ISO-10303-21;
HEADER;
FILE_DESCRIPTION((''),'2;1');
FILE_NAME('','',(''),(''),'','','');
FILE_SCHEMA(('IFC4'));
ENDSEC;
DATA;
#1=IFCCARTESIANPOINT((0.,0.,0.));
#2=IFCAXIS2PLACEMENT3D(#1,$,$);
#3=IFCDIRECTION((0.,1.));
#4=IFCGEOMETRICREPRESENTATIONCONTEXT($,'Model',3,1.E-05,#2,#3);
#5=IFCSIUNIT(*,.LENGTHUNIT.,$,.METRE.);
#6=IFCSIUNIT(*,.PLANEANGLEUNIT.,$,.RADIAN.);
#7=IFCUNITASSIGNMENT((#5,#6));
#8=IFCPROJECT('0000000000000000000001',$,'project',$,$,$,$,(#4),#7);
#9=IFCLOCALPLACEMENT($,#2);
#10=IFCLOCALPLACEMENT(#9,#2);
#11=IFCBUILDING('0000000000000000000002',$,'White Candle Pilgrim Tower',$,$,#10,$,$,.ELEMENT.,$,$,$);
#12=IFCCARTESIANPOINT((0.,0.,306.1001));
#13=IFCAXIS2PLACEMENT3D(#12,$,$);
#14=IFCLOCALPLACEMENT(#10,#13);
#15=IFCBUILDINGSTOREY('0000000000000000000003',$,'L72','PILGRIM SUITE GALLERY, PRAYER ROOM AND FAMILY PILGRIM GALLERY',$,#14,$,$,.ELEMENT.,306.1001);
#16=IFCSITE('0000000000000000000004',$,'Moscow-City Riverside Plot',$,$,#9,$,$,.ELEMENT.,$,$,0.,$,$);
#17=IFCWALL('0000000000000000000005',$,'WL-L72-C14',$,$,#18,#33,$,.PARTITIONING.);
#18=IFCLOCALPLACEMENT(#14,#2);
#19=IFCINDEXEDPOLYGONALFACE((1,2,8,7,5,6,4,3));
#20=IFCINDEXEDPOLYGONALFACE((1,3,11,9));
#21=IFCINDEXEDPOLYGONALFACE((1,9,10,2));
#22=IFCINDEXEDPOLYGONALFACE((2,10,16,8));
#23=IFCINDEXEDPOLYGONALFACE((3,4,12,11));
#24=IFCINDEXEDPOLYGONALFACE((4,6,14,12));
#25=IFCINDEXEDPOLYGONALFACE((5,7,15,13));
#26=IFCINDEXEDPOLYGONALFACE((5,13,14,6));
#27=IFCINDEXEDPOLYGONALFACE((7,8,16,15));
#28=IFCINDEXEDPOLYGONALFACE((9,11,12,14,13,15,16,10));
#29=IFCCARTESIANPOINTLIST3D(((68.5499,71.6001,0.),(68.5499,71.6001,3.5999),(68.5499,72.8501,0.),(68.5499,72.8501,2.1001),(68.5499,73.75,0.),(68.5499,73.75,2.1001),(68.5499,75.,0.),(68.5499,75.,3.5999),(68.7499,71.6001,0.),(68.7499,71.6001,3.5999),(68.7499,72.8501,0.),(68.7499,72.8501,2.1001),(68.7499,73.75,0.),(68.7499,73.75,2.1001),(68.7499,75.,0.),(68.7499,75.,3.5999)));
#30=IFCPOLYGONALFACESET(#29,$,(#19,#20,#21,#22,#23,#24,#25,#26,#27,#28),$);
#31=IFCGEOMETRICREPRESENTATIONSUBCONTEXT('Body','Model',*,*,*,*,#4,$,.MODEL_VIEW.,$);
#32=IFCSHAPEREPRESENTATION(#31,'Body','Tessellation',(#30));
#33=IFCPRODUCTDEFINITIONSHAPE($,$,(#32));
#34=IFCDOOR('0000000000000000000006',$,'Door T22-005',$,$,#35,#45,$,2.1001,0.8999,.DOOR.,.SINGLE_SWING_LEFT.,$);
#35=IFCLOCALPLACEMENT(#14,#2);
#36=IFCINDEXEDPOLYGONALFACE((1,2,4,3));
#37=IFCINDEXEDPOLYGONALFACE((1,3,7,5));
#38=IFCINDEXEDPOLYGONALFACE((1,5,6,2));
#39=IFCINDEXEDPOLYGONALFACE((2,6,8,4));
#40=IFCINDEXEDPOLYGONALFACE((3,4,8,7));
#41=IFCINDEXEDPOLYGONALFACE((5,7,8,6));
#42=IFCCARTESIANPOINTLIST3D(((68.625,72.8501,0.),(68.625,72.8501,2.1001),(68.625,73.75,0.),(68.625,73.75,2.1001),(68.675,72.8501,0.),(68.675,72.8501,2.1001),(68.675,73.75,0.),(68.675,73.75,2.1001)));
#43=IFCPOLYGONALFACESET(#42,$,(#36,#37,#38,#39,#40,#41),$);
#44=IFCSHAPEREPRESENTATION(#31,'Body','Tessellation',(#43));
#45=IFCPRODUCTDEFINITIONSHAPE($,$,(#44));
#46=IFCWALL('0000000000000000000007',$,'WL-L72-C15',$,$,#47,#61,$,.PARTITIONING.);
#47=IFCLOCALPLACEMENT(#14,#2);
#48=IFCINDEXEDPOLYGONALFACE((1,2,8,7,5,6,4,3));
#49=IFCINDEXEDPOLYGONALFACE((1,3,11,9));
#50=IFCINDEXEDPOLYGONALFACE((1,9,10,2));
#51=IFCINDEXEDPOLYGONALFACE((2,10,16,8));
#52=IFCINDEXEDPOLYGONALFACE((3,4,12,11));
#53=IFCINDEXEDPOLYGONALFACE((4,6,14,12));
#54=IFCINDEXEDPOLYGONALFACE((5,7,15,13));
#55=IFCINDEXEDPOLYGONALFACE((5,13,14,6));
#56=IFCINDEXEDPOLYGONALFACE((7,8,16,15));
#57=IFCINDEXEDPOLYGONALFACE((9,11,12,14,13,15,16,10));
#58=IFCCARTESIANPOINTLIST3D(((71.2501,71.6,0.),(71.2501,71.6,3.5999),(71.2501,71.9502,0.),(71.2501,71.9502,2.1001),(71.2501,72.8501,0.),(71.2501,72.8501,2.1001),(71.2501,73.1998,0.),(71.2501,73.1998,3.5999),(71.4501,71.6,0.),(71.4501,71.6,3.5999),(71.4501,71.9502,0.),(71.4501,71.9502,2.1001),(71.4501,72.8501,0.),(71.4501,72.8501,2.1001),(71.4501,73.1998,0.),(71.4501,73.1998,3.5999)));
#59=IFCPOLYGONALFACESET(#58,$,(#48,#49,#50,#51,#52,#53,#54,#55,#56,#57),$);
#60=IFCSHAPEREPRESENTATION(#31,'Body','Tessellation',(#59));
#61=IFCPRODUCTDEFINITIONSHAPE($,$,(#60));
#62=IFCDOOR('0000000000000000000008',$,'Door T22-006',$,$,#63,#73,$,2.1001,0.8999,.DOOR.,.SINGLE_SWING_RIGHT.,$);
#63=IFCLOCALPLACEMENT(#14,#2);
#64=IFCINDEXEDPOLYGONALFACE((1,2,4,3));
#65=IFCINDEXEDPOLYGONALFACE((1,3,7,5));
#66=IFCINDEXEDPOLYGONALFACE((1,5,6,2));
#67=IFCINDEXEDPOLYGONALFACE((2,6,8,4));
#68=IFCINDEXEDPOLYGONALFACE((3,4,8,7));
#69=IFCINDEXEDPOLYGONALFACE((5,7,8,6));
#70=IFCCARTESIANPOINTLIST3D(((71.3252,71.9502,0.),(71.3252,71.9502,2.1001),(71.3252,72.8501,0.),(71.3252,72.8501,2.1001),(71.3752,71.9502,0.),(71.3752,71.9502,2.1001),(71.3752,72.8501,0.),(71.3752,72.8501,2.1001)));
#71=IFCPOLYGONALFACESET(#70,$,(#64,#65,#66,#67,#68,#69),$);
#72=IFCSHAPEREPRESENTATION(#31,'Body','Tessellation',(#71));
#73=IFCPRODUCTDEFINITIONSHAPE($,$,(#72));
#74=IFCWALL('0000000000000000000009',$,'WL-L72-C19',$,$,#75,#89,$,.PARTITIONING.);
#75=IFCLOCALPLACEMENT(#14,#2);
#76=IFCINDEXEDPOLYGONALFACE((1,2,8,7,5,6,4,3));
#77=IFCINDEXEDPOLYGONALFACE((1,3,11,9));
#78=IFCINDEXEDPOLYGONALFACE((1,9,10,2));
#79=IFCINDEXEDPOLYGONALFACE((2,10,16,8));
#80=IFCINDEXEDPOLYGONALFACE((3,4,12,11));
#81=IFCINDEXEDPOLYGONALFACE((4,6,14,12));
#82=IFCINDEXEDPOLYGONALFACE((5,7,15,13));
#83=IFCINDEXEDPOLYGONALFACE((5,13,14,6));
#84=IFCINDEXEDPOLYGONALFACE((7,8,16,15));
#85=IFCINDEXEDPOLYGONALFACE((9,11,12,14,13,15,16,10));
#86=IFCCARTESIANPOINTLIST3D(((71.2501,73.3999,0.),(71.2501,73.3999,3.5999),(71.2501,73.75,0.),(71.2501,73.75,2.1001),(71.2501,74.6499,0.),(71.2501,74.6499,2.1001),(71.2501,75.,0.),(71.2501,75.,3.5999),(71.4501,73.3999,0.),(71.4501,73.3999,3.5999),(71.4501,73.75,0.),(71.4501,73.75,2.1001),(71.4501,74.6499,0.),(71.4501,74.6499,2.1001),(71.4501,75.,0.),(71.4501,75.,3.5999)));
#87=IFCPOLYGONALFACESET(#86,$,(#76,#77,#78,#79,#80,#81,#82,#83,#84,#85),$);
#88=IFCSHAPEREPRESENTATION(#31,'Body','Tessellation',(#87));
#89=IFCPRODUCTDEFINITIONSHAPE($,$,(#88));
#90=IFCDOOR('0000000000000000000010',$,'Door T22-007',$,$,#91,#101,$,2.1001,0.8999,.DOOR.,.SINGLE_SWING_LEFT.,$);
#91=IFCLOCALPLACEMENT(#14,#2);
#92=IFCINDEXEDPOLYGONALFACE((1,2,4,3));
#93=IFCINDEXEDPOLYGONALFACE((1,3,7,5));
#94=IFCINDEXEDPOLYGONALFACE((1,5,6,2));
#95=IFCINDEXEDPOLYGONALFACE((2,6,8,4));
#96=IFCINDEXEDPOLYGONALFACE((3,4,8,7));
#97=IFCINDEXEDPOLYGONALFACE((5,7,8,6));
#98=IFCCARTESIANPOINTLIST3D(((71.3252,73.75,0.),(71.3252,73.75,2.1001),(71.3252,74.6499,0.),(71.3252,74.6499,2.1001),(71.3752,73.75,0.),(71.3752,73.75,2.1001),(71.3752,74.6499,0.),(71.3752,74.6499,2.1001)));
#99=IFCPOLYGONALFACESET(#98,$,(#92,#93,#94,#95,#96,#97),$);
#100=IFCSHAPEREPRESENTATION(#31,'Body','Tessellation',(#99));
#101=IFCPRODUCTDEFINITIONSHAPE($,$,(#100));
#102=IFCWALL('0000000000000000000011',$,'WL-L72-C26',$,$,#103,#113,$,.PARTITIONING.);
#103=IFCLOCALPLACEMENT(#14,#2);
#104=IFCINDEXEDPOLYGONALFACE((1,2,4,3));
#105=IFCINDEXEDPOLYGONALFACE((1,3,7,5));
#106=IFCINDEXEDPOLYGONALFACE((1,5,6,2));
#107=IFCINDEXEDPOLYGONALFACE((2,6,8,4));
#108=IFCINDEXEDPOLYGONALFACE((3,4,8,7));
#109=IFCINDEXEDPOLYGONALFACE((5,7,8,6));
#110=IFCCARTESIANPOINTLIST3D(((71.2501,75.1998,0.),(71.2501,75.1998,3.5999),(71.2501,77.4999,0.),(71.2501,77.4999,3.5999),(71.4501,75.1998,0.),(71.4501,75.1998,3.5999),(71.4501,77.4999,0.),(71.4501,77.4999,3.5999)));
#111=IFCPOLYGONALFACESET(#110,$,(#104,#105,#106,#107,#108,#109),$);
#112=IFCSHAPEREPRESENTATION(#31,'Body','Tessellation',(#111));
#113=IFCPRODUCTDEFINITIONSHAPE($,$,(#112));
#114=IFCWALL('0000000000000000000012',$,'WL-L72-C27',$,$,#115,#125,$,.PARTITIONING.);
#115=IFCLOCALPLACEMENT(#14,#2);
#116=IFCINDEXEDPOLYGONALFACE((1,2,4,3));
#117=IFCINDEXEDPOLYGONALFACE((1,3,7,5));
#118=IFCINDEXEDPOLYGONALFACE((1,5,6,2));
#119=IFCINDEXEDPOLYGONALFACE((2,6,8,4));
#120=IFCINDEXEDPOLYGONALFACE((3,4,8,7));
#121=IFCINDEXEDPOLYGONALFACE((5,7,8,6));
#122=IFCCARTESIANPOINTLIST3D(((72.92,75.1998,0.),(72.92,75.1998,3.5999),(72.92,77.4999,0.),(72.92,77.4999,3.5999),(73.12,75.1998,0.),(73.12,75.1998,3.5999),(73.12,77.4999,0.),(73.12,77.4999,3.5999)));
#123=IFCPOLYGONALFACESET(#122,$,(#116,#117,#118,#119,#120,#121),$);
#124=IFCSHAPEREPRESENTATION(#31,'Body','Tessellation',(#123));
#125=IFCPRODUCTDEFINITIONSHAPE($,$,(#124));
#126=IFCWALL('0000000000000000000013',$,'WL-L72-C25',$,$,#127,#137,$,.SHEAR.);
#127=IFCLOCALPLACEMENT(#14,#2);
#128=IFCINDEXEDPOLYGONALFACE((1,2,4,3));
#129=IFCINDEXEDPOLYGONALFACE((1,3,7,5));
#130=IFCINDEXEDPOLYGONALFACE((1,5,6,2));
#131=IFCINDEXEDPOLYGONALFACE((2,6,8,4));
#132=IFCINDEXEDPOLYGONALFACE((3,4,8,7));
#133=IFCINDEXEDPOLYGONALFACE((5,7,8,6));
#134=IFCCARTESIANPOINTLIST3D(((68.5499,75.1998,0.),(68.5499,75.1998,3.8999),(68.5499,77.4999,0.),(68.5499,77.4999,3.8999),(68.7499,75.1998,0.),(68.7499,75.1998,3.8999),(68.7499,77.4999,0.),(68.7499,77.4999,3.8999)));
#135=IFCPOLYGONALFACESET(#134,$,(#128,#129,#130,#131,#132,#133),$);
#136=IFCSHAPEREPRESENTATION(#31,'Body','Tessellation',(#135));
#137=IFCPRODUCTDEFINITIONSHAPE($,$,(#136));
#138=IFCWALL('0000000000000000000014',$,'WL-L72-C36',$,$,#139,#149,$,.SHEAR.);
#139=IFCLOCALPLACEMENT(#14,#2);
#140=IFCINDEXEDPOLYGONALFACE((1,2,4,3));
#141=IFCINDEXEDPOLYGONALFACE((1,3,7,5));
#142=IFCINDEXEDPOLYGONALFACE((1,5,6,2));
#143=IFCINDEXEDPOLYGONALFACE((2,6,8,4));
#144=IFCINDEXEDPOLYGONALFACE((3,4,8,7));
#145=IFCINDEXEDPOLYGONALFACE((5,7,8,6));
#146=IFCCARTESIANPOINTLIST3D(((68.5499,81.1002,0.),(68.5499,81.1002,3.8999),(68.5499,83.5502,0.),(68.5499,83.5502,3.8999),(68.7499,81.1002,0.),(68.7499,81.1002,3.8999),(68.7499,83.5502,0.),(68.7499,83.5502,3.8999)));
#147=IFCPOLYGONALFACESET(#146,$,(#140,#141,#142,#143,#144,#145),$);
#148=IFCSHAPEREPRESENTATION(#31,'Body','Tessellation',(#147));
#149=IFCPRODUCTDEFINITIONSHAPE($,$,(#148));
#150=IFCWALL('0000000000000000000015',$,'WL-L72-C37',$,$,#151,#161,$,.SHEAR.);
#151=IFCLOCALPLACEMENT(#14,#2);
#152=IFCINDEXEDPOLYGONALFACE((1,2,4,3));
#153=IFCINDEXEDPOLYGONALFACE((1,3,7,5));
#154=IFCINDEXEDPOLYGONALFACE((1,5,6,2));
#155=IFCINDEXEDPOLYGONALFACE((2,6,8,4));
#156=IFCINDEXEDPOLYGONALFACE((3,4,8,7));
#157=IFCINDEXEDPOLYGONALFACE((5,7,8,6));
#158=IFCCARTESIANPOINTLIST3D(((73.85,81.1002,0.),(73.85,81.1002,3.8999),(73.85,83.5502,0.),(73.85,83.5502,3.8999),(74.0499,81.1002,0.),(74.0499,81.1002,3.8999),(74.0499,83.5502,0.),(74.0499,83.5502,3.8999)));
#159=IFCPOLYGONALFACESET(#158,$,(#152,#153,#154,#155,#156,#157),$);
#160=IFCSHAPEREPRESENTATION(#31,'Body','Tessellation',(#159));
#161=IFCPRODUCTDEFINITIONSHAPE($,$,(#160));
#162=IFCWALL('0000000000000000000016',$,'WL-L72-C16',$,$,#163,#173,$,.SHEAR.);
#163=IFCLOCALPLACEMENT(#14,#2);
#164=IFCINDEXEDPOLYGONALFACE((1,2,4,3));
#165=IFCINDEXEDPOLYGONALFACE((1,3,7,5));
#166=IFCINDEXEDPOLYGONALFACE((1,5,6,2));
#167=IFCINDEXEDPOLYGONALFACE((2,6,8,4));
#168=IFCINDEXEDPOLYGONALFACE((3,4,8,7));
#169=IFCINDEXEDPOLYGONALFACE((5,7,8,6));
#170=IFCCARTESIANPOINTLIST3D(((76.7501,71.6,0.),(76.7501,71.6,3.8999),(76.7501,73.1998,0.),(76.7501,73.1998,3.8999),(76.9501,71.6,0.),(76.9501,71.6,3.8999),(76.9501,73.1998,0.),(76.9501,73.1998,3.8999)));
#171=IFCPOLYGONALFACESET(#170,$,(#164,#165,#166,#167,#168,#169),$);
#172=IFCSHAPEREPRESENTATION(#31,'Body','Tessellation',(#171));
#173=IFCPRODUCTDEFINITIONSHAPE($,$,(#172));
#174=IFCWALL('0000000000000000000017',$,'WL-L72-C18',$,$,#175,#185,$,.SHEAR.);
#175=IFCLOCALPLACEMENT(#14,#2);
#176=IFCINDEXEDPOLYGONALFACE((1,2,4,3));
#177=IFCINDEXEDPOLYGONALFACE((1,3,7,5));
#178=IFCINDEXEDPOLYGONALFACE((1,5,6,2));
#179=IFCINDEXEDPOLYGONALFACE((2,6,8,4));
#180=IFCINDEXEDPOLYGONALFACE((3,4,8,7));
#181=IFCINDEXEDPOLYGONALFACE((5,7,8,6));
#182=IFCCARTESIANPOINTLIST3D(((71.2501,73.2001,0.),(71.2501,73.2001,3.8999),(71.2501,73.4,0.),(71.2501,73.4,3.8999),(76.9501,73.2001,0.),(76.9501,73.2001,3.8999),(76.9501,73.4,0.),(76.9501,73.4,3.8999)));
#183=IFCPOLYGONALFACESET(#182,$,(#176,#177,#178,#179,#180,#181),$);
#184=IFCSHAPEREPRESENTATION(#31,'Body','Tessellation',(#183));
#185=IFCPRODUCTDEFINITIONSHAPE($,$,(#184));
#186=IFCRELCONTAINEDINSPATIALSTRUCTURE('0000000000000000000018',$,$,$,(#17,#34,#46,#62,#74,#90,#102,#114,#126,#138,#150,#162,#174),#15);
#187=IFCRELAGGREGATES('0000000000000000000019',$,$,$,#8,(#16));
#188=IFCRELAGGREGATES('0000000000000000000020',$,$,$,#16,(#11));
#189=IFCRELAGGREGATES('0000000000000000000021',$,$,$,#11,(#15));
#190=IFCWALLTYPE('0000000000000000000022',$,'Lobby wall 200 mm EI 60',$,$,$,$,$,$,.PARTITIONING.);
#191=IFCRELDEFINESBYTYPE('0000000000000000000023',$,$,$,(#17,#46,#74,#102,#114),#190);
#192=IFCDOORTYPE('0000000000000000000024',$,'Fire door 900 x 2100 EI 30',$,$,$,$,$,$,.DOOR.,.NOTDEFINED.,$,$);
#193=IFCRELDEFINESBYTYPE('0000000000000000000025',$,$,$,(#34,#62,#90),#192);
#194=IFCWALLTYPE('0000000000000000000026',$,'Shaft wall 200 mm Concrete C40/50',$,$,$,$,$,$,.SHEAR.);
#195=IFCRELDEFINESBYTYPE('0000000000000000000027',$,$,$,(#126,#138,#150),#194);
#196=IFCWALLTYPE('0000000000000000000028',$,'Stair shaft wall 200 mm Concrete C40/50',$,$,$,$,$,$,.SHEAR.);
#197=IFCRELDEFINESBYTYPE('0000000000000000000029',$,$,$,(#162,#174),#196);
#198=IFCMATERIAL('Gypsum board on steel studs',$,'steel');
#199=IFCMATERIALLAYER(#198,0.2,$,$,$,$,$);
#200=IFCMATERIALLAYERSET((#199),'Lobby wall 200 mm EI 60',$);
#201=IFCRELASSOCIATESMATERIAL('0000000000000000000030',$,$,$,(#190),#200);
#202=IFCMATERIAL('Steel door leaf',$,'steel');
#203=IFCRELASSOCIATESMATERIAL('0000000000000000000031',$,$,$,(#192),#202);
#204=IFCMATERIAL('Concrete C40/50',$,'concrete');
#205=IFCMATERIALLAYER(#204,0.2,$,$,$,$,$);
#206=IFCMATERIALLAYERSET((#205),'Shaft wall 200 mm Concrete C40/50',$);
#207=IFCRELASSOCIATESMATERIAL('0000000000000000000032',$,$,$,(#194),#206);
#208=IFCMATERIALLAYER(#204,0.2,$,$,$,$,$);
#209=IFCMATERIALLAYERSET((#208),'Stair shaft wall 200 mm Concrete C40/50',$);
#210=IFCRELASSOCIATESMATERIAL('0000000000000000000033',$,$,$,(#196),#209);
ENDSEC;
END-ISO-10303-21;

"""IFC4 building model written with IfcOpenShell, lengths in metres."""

from ifc_helpers import new_model, si_unit, direction, frame, frame_2d, origin, place, context, subcontext, project, spatial, rectangle, extrude, material, layer, layer_set, type_object, element, fill, save


model = new_model("IFC4")

# Units and contexts
model_context = context("Model", 3, precision=1e-05, world=origin(), true_north=direction((0.0, 1.0)))
body_context = subcontext(model_context, "Body", "Model", "MODEL_VIEW")
ifc_project = project(units=[si_unit("LENGTHUNIT", "METRE"), si_unit("PLANEANGLEUNIT", "RADIAN")], contexts=[model_context])

# Site, building, storey
site_placement = place(None, origin())
site = spatial("IfcSite", under=ifc_project, at=site_placement, Name="Moscow-City Riverside Plot", CompositionType="ELEMENT", RefElevation=0.0)
building_placement = place(site_placement, origin())
building = spatial("IfcBuilding", under=site, at=building_placement, Name="White Candle Pilgrim Tower", CompositionType="ELEMENT")
storey_placement = place(building_placement, frame((0.0, 0.0, 306.1001)))
storey = spatial("IfcBuildingStorey", under=building, at=storey_placement, Name="L72", Description="PILGRIM SUITE GALLERY, PRAYER ROOM AND FAMILY PILGRIM GALLERY", CompositionType="ELEMENT", Elevation=306.1001)

# Walls, openings, doors
ifc_material_1 = material(Name="Gypsum board on steel studs", Category="steel")
ifc_layer_1 = layer(ifc_material_1, 0.2)
ifc_layer_set_1 = layer_set([ifc_layer_1], Name="Lobby wall 200 mm EI 60")
wall_type_1 = type_object("IfcWallType", Name="Lobby wall 200 mm EI 60", PredefinedType="PARTITIONING", material=ifc_layer_set_1)
wall_1_placement = place(storey_placement, frame((68.6499, 71.6001, 0.0), z_axis=(0.0, 0.0, 1.0), x_axis=(0.0, 1.0, 0.0)))
wall_1 = element("IfcWall", 1, at=wall_1_placement, inside=storey, type_object=wall_type_1, Name="WL-L72-C14", PredefinedType="PARTITIONING", context=body_context, shape_type="SweptSolid", body=[
    extrude(rectangle(XDim=3.3999, YDim=0.2, at=frame_2d((1.7, 0.0))), origin(), (0.0, 0.0, 1.0), 3.5999),
])
opening_1_placement = place(wall_1_placement, frame((1.25, 0.0, 0.0)))
opening_1 = element("IfcOpeningElement", 2, at=opening_1_placement, cuts=wall_1, PredefinedType="OPENING", context=body_context, shape_type="SweptSolid", body=[
    extrude(rectangle(XDim=0.8999, YDim=2.1001, at=frame_2d((0.45, 1.05))), frame((0.0, 0.1099, 0.0), z_axis=(0.0, -1.0, 0.0), x_axis=(1.0, 0.0, 0.0)), (0.0, 0.0, 1.0), 0.22),
])
ifc_material_2 = material(Name="Steel door leaf", Category="steel")
door_type = type_object("IfcDoorType", Name="Fire door 900 x 2100 EI 30", OperationType="NOTDEFINED", PredefinedType="DOOR", material=ifc_material_2)
door_1_placement = place(opening_1_placement, origin())
door_1 = element("IfcDoor", 3, at=door_1_placement, inside=storey, type_object=door_type, Name="Door T22-005", OperationType="SINGLE_SWING_LEFT", OverallHeight=2.1001, OverallWidth=0.8999, PredefinedType="DOOR", context=body_context, shape_type="SweptSolid", body=[
    extrude(rectangle(XDim=0.8999, YDim=2.1001, at=frame_2d((0.45, 1.05))), frame((0.0, 0.0249, 0.0), z_axis=(0.0, -1.0, 0.0), x_axis=(1.0, 0.0, 0.0)), (0.0, 0.0, 1.0), 0.05),
])
fill(opening_1, door_1)
wall_2_placement = place(storey_placement, frame((71.3501, 71.6001, 0.0), z_axis=(0.0, 0.0, 1.0), x_axis=(0.0, 1.0, 0.0)))
wall_2 = element("IfcWall", 4, at=wall_2_placement, inside=storey, type_object=wall_type_1, Name="WL-L72-C15", PredefinedType="PARTITIONING", context=body_context, shape_type="SweptSolid", body=[
    extrude(rectangle(XDim=1.5999, YDim=0.2, at=frame_2d((0.7998, 0.0))), origin(), (0.0, 0.0, 1.0), 3.5999),
])
opening_2_placement = place(wall_2_placement, frame((0.3501, 0.0, 0.0)))
opening_2 = element("IfcOpeningElement", 5, at=opening_2_placement, cuts=wall_2, PredefinedType="OPENING", context=body_context, shape_type="SweptSolid", body=[
    extrude(rectangle(XDim=0.8999, YDim=2.1001, at=frame_2d((0.45, 1.05))), frame((0.0, 0.1099, 0.0), z_axis=(0.0, -1.0, 0.0), x_axis=(1.0, 0.0, 0.0)), (0.0, 0.0, 1.0), 0.22),
])
door_2_placement = place(opening_2_placement, origin())
door_2 = element("IfcDoor", 6, at=door_2_placement, inside=storey, type_object=door_type, Name="Door T22-006", OperationType="SINGLE_SWING_RIGHT", OverallHeight=2.1001, OverallWidth=0.8999, PredefinedType="DOOR", context=body_context, shape_type="SweptSolid", body=[
    extrude(rectangle(XDim=0.8999, YDim=2.1001, at=frame_2d((0.45, 1.05))), frame((0.0, 0.0249, 0.0), z_axis=(0.0, -1.0, 0.0), x_axis=(1.0, 0.0, 0.0)), (0.0, 0.0, 1.0), 0.05),
])
fill(opening_2, door_2)
wall_3_placement = place(storey_placement, frame((71.3501, 73.3999, 0.0), z_axis=(0.0, 0.0, 1.0), x_axis=(0.0, 1.0, 0.0)))
wall_3 = element("IfcWall", 7, at=wall_3_placement, inside=storey, type_object=wall_type_1, Name="WL-L72-C19", PredefinedType="PARTITIONING", context=body_context, shape_type="SweptSolid", body=[
    extrude(rectangle(XDim=1.6001, YDim=0.2, at=frame_2d((0.8, 0.0))), origin(), (0.0, 0.0, 1.0), 3.5999),
])
opening_3_placement = place(wall_3_placement, frame((0.3501, 0.0, 0.0)))
opening_3 = element("IfcOpeningElement", 8, at=opening_3_placement, cuts=wall_3, PredefinedType="OPENING", context=body_context, shape_type="SweptSolid", body=[
    extrude(rectangle(XDim=0.8999, YDim=2.1001, at=frame_2d((0.45, 1.05))), frame((0.0, 0.1099, 0.0), z_axis=(0.0, -1.0, 0.0), x_axis=(1.0, 0.0, 0.0)), (0.0, 0.0, 1.0), 0.22),
])
door_3_placement = place(opening_3_placement, origin())
door_3 = element("IfcDoor", 9, at=door_3_placement, inside=storey, type_object=door_type, Name="Door T22-007", OperationType="SINGLE_SWING_LEFT", OverallHeight=2.1001, OverallWidth=0.8999, PredefinedType="DOOR", context=body_context, shape_type="SweptSolid", body=[
    extrude(rectangle(XDim=0.8999, YDim=2.1001, at=frame_2d((0.45, 1.05))), frame((0.0, 0.0249, 0.0), z_axis=(0.0, -1.0, 0.0), x_axis=(1.0, 0.0, 0.0)), (0.0, 0.0, 1.0), 0.05),
])
fill(opening_3, door_3)

# Walls
for number, where, z_axis, x_axis, name in (
    (10, (71.3501, 75.2, 0.0), (0.0, 0.0, 1.0), (0.0, 1.0, 0.0), "WL-L72-C26"),
    (11, (73.02, 75.2, 0.0), (0.0, 0.0, 1.0), (0.0, 1.0, 0.0), "WL-L72-C27"),
):
    element("IfcWall", number, at=place(storey_placement, frame(where, z_axis=z_axis, x_axis=x_axis)), inside=storey, type_object=wall_type_1, Name=name, PredefinedType="PARTITIONING", context=body_context, shape_type="SweptSolid", body=[
        extrude(rectangle(XDim=2.3, YDim=0.2, at=frame_2d((1.1499, 0.0))), origin(), (0.0, 0.0, 1.0), 3.5999),
    ])
ifc_material_3 = material(Name="Concrete C40/50", Category="concrete")
ifc_layer_2 = layer(ifc_material_3, 0.2)
ifc_layer_set_2 = layer_set([ifc_layer_2], Name="Shaft wall 200 mm Concrete C40/50")
wall_type_2 = type_object("IfcWallType", Name="Shaft wall 200 mm Concrete C40/50", PredefinedType="SHEAR", material=ifc_layer_set_2)
wall_4_placement = place(storey_placement, frame((68.6499, 75.2, 0.0), z_axis=(0.0, 0.0, 1.0), x_axis=(0.0, 1.0, 0.0)))
element("IfcWall", 12, at=wall_4_placement, inside=storey, type_object=wall_type_2, Name="WL-L72-C25", PredefinedType="SHEAR", context=body_context, shape_type="SweptSolid", body=[
    extrude(rectangle(XDim=2.3, YDim=0.2, at=frame_2d((1.1499, 0.0))), origin(), (0.0, 0.0, 1.0), 3.8999),
])
for number, where, z_axis, x_axis, name in (
    (13, (68.6499, 81.1001, 0.0), (0.0, 0.0, 1.0), (0.0, 1.0, 0.0), "WL-L72-C36"),
    (14, (73.95, 81.1001, 0.0), (0.0, 0.0, 1.0), (0.0, 1.0, 0.0), "WL-L72-C37"),
):
    element("IfcWall", number, at=place(storey_placement, frame(where, z_axis=z_axis, x_axis=x_axis)), inside=storey, type_object=wall_type_2, Name=name, PredefinedType="SHEAR", context=body_context, shape_type="SweptSolid", body=[
        extrude(rectangle(XDim=2.45, YDim=0.2, at=frame_2d((1.2251, 0.0))), origin(), (0.0, 0.0, 1.0), 3.8999),
    ])
ifc_layer_3 = layer(ifc_material_3, 0.2)
ifc_layer_set_3 = layer_set([ifc_layer_3], Name="Stair shaft wall 200 mm Concrete C40/50")
wall_type_3 = type_object("IfcWallType", Name="Stair shaft wall 200 mm Concrete C40/50", PredefinedType="SHEAR", material=ifc_layer_set_3)
wall_5_placement = place(storey_placement, frame((76.8501, 71.6001, 0.0), z_axis=(0.0, 0.0, 1.0), x_axis=(0.0, 1.0, 0.0)))
element("IfcWall", 15, at=wall_5_placement, inside=storey, type_object=wall_type_3, Name="WL-L72-C16", PredefinedType="SHEAR", context=body_context, shape_type="SweptSolid", body=[
    extrude(rectangle(XDim=1.5999, YDim=0.2, at=frame_2d((0.7998, 0.0))), origin(), (0.0, 0.0, 1.0), 3.8999),
])
wall_6_placement = place(storey_placement, frame((71.25, 73.3, 0.0), z_axis=(0.0, 0.0, 1.0), x_axis=(1.0, 0.0, 0.0)))
element("IfcWall", 16, at=wall_6_placement, inside=storey, type_object=wall_type_3, Name="WL-L72-C18", PredefinedType="SHEAR", context=body_context, shape_type="SweptSolid", body=[
    extrude(rectangle(XDim=5.7, YDim=0.2, at=frame_2d((2.8501, 0.0))), origin(), (0.0, 0.0, 1.0), 3.8999),
])

save(model, "model.ifc")
